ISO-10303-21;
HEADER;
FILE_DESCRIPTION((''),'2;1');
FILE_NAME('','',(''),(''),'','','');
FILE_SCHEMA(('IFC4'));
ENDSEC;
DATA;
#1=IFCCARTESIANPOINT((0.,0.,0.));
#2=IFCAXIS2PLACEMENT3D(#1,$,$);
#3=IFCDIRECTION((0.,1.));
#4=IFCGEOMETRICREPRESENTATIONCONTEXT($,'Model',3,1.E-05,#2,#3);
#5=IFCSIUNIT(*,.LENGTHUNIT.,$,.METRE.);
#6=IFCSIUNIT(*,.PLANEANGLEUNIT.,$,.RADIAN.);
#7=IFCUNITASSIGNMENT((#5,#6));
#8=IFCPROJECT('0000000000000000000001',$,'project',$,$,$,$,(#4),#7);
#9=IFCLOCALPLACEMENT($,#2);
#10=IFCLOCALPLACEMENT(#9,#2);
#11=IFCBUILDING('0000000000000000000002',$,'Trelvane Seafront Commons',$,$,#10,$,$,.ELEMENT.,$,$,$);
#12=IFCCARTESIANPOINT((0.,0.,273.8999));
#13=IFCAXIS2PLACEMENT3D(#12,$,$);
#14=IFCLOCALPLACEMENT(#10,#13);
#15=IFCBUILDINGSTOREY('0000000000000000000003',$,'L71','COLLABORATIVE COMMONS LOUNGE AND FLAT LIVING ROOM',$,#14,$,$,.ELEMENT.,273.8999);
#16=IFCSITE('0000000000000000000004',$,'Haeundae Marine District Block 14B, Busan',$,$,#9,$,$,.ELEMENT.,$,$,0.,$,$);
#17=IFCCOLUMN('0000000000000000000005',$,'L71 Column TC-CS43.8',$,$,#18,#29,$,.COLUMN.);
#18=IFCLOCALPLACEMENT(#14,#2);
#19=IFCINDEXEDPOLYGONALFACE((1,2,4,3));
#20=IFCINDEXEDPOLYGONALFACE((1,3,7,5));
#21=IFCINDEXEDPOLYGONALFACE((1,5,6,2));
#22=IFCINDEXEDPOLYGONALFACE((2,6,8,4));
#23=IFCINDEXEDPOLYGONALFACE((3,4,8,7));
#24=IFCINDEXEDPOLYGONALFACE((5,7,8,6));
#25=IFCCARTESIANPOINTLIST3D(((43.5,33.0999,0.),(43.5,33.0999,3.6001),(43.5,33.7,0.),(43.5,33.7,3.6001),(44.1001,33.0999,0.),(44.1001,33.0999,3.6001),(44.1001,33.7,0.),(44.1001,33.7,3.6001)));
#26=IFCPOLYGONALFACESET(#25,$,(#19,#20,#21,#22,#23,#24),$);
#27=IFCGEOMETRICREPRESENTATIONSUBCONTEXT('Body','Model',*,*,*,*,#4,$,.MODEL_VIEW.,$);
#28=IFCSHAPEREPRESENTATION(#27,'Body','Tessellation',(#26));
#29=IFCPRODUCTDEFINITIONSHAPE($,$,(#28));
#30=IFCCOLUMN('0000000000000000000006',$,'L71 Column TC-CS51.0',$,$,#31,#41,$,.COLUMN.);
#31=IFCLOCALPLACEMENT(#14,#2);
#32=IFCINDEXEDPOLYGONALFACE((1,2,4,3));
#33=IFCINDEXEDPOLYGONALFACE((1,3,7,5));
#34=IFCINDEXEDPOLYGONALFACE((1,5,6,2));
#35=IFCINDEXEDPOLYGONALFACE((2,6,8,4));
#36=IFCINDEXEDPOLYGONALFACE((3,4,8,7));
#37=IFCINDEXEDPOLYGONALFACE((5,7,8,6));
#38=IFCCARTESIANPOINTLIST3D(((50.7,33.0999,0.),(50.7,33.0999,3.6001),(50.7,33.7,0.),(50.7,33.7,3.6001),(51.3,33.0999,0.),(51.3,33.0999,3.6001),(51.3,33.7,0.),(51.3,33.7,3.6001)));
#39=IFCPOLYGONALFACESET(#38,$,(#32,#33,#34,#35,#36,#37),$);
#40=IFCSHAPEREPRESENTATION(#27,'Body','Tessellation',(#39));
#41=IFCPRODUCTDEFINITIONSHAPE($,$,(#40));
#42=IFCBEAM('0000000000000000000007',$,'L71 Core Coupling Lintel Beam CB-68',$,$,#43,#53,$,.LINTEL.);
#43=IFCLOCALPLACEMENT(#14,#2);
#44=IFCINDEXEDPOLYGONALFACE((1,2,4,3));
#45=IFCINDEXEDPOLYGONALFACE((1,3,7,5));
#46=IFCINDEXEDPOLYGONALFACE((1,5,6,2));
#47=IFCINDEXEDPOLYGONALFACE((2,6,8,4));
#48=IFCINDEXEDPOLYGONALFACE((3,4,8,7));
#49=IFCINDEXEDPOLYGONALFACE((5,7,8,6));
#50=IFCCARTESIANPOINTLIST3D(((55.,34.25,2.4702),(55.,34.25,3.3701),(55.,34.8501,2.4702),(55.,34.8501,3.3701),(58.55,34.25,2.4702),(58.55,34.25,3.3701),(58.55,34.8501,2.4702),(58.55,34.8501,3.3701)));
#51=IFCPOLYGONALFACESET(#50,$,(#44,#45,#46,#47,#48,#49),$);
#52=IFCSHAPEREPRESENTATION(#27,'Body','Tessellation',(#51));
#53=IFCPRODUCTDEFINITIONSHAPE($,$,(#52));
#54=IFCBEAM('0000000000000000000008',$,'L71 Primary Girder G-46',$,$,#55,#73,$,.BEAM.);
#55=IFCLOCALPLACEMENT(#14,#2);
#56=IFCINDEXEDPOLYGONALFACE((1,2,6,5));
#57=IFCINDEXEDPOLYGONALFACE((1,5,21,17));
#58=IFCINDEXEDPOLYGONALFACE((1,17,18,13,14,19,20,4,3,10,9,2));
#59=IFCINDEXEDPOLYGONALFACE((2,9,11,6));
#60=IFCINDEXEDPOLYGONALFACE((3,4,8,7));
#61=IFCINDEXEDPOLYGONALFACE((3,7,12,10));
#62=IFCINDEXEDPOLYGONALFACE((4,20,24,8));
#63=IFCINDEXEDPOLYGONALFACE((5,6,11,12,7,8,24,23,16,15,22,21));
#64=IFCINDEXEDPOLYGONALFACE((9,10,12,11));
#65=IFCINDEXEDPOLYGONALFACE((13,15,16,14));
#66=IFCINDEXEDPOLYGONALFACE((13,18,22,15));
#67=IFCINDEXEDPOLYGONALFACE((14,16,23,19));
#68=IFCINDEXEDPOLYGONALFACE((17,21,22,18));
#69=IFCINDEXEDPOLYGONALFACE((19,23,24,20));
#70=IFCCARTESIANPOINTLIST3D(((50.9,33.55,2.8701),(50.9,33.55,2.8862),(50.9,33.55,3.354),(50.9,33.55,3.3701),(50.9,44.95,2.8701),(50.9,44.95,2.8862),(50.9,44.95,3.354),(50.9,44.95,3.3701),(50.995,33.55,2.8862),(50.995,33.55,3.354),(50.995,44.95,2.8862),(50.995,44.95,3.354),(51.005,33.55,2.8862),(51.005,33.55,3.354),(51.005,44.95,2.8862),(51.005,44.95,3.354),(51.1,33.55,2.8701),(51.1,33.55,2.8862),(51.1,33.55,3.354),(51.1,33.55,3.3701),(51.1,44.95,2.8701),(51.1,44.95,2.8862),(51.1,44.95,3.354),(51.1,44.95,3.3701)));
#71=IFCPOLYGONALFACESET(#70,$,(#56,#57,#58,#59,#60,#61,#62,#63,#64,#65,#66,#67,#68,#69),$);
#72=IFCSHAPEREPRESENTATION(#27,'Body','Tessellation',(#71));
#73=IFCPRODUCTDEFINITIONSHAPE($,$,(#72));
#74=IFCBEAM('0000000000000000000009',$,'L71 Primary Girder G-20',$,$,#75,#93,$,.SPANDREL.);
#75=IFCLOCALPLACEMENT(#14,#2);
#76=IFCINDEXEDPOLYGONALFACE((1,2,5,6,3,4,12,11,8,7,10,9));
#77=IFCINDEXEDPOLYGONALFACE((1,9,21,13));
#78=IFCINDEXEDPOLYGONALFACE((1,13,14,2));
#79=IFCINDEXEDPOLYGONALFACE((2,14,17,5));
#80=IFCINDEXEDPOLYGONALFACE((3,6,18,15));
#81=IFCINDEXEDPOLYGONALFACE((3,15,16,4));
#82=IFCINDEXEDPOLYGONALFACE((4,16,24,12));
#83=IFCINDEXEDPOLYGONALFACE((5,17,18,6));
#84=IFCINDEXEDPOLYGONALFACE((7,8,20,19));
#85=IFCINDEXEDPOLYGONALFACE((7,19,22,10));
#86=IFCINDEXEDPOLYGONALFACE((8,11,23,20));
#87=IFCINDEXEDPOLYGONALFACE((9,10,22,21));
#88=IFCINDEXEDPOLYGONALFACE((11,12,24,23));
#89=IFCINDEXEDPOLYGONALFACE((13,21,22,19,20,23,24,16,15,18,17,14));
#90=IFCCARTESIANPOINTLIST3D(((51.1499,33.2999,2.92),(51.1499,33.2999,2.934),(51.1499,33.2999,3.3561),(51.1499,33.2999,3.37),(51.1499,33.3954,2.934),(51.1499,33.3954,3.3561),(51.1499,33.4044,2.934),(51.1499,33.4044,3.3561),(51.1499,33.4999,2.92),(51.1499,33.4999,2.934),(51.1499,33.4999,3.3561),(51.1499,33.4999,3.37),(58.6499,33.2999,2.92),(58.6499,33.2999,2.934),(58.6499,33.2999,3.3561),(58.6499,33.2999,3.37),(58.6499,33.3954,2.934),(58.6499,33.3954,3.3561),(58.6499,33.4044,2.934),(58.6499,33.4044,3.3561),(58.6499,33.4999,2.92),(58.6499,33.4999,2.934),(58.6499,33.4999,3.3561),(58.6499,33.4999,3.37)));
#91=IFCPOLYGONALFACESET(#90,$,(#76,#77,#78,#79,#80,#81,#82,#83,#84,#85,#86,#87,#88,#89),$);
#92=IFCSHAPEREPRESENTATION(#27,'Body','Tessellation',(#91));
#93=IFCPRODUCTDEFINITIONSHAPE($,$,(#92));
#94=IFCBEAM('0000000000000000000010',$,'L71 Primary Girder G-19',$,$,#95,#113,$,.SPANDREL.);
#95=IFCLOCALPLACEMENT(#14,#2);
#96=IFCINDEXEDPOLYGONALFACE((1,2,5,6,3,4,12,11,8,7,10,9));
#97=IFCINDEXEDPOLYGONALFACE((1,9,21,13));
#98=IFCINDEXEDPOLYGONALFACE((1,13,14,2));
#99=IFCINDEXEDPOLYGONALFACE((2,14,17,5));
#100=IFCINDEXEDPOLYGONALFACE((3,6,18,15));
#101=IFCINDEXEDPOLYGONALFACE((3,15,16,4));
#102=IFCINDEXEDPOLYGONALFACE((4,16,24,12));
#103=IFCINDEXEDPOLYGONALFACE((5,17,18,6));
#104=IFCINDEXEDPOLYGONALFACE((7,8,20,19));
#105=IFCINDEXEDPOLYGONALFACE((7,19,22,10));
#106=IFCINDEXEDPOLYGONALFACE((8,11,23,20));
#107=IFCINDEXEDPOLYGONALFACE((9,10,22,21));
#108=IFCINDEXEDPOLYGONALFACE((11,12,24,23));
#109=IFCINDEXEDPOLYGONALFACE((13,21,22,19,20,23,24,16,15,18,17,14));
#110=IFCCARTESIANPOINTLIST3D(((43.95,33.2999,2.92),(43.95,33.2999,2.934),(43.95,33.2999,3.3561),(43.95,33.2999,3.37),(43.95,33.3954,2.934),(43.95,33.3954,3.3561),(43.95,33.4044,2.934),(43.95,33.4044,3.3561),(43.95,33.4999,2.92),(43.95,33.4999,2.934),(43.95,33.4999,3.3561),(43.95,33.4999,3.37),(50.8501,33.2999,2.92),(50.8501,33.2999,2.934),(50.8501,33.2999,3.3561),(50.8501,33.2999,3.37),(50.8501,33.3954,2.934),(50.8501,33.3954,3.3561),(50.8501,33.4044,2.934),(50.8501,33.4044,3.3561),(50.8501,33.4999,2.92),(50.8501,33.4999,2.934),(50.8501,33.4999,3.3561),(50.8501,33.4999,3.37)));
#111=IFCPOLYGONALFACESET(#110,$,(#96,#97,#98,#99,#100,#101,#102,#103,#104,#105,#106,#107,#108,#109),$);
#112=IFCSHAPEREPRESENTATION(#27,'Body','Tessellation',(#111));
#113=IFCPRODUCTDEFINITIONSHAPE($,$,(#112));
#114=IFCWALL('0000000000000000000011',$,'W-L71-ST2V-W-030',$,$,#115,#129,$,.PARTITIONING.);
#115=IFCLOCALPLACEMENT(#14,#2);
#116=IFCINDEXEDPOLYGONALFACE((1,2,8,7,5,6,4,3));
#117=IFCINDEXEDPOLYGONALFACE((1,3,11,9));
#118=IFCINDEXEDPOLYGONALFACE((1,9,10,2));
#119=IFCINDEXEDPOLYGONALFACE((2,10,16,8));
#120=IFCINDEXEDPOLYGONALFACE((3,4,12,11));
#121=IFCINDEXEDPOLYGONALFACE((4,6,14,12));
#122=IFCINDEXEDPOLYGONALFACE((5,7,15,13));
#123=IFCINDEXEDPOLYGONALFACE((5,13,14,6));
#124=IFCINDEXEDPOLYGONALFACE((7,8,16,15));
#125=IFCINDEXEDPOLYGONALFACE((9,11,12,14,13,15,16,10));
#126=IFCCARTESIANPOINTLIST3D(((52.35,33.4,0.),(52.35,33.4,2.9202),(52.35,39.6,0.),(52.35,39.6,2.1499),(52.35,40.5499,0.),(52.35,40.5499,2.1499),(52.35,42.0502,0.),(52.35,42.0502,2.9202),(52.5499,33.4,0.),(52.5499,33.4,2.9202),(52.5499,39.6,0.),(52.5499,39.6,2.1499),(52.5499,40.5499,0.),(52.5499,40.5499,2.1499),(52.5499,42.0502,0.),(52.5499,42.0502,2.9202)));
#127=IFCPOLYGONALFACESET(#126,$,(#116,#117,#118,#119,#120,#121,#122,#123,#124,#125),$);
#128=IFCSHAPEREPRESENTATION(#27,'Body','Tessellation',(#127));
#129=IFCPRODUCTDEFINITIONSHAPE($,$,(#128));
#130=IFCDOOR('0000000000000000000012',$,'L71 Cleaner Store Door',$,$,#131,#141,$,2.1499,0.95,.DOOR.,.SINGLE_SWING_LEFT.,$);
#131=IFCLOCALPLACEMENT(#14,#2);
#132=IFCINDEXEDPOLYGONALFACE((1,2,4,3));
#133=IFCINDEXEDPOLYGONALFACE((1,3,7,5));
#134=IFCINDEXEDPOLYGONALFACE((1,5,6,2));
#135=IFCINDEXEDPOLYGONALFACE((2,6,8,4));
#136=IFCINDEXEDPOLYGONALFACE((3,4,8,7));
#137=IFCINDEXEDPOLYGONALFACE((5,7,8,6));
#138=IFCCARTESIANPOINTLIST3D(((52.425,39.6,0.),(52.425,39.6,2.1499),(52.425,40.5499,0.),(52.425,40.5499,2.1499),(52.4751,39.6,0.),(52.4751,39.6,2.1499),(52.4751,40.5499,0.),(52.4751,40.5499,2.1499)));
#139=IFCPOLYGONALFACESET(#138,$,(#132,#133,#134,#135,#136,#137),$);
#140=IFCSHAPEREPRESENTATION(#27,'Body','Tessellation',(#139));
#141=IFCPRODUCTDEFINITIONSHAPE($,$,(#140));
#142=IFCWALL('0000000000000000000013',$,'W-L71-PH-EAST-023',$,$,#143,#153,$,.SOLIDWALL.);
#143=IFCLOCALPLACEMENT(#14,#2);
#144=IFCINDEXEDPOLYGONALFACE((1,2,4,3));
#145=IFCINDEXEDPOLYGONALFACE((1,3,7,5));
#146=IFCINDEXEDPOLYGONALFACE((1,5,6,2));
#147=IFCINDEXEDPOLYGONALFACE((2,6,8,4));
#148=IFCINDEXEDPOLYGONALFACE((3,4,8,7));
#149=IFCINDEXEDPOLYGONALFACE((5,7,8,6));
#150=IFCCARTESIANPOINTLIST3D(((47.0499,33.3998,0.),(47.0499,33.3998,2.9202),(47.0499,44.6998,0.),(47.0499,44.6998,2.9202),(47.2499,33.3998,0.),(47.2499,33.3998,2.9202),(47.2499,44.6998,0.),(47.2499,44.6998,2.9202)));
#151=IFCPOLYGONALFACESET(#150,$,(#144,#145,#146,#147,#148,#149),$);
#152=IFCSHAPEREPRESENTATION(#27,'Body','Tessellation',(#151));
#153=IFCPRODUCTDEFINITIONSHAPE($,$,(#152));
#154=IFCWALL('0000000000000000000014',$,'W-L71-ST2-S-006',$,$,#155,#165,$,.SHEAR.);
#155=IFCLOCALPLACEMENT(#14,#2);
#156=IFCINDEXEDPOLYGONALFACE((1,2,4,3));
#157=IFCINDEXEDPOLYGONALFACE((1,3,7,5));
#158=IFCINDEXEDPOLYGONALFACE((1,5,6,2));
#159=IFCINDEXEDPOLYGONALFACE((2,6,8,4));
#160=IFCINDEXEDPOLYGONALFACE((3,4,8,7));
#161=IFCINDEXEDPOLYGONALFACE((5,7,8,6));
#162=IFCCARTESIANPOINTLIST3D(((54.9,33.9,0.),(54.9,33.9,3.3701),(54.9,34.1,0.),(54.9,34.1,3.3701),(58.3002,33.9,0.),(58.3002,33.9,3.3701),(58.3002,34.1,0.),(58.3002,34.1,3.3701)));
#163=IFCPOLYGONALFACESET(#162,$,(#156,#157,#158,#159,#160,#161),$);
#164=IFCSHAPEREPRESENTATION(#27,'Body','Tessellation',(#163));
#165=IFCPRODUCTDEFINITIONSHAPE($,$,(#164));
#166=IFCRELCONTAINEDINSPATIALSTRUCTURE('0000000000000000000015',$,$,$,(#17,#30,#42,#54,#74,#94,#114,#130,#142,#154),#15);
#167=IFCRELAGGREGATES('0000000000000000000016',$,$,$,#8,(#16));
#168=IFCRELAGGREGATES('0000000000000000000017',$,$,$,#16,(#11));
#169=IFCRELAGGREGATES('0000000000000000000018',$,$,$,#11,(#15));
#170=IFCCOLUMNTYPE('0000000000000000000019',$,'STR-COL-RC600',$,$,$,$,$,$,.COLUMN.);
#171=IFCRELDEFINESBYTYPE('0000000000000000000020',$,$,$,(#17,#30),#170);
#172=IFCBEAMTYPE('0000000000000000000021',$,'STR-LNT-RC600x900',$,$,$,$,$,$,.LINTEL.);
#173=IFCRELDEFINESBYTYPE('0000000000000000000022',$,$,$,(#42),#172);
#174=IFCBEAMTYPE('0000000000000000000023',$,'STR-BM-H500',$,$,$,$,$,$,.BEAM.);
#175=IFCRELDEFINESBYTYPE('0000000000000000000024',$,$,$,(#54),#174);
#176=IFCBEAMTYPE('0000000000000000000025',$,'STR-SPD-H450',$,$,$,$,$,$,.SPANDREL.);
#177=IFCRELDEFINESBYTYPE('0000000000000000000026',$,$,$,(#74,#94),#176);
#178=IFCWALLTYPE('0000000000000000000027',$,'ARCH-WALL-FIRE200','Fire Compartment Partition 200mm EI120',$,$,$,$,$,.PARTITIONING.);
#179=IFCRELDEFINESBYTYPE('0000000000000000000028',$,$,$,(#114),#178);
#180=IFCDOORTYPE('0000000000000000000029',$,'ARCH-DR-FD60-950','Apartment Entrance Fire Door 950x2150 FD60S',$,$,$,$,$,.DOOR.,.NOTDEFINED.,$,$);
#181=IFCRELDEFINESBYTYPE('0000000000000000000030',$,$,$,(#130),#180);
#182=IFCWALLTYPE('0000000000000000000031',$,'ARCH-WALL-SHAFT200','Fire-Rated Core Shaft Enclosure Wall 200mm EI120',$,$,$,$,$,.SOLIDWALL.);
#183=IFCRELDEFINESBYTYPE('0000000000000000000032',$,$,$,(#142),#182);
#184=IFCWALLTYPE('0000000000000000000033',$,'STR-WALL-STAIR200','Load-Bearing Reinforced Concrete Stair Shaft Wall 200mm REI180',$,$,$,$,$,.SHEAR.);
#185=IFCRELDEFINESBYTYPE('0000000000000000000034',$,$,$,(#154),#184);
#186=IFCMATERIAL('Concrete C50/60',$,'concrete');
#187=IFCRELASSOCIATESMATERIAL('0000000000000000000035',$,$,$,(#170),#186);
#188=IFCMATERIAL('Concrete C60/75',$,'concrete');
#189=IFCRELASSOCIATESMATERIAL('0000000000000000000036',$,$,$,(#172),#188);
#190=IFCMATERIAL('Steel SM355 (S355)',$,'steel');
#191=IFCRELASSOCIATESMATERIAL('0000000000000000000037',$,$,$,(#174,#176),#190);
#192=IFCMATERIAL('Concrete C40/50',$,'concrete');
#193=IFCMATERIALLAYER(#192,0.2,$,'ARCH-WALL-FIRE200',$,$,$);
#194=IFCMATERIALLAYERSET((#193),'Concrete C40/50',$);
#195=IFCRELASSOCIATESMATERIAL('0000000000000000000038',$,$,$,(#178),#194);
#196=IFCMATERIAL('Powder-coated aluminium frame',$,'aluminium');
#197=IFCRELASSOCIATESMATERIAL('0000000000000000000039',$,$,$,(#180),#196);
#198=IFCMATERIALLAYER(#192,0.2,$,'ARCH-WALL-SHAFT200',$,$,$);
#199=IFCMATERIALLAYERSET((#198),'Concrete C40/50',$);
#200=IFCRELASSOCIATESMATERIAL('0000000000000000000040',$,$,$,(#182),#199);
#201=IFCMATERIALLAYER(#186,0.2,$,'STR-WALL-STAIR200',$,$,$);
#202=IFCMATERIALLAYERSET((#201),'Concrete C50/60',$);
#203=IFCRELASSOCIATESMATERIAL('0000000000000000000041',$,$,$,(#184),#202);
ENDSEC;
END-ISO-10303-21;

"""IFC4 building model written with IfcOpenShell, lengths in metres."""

from ifc_helpers import new_model, si_unit, direction, frame, frame_2d, origin, origin_2d, place, context, subcontext, project, spatial, rectangle, i_section, extrude, source, transform, mapped, material, layer, layer_set, material_profile, profile_set, type_object, element, fill, save


model = new_model("IFC4")

# Units and contexts
model_context = context("Model", 3, precision=1e-05, world=origin(), true_north=direction((0.0, 1.0)))
body_context = subcontext(model_context, "Body", "Model", "MODEL_VIEW")
ifc_project = project(units=[si_unit("LENGTHUNIT", "METRE"), si_unit("PLANEANGLEUNIT", "RADIAN")], contexts=[model_context])

# Site, building, storey
site_placement = place(None, origin())
site = spatial("IfcSite", under=ifc_project, at=site_placement, Name="Haeundae Marine District Block 14B, Busan", CompositionType="ELEMENT", RefElevation=0.0)
building_placement = place(site_placement, origin())
building = spatial("IfcBuilding", under=site, at=building_placement, Name="Trelvane Seafront Commons", CompositionType="ELEMENT")
storey_placement = place(building_placement, frame((0.0, 0.0, 273.8999)))
storey = spatial("IfcBuildingStorey", under=building, at=storey_placement, Name="L71", Description="COLLABORATIVE COMMONS LOUNGE AND FLAT LIVING ROOM", CompositionType="ELEMENT", Elevation=273.8999)

# Columns
ifc_material_1 = material(Name="Concrete C50/60", Category="concrete")
ifc_material_profile_1 = material_profile(ifc_material_1, rectangle(XDim=0.6001, YDim=0.6001, at=origin_2d()), Name="RC-600x600")
ifc_profile_set_1 = profile_set([ifc_material_profile_1], Name="Concrete C50/60")
column_type = type_object("IfcColumnType", Name="STR-COL-RC600", PredefinedType="COLUMN", material=ifc_profile_set_1)
shared_shape_1 = source(origin(), body_context, "Body", "SweptSolid", [
    extrude(rectangle(XDim=0.6001, YDim=0.6001, at=origin_2d()), origin(), (0.0, 0.0, 1.0), 3.6001),
])
for number, where, z_axis, x_axis, name in (
    (1, (43.8, 33.3999, 0.0), (0.0, 0.0, 1.0), (1.0, 0.0, 0.0), "L71 Column TC-CS43.8"),
    (2, (51.0, 33.3999, 0.0), (0.0, 0.0, 1.0), (1.0, 0.0, 0.0), "L71 Column TC-CS51.0"),
):
    element("IfcColumn", number, at=place(storey_placement, frame(where, z_axis=z_axis, x_axis=x_axis)), inside=storey, type_object=column_type, Name=name, PredefinedType="COLUMN", context=body_context, shape_type="MappedRepresentation", body=[
        mapped(shared_shape_1, transform((0.0, 0.0, 0.0), x_axis=(1.0, 0.0, 0.0), y_axis=(0.0, 1.0, 0.0), z_axis=(0.0, 0.0, 1.0), scale=1.0)),
    ])

# Beams
ifc_material_2 = material(Name="Concrete C60/75", Category="concrete")
ifc_material_profile_2 = material_profile(ifc_material_2, rectangle(XDim=0.6001, YDim=0.8999, at=origin_2d()), Name="RC-600x900")
ifc_profile_set_2 = profile_set([ifc_material_profile_2], Name="Concrete C60/75")
beam_type_1 = type_object("IfcBeamType", Name="STR-LNT-RC600x900", PredefinedType="LINTEL", material=ifc_profile_set_2)
shared_shape_2 = source(origin(), body_context, "Body", "SweptSolid", [
    extrude(rectangle(XDim=0.6001, YDim=0.8999, at=origin_2d()), origin(), (0.0, 0.0, 1.0), 3.55),
])
beam_1_placement = place(storey_placement, frame((55.0, 34.55, 2.9202), z_axis=(1.0, 0.0, 0.0), x_axis=(0.0, 1.0, 0.0)))
element("IfcBeam", 3, at=beam_1_placement, inside=storey, type_object=beam_type_1, Name="L71 Core Coupling Lintel Beam CB-68", PredefinedType="LINTEL", context=body_context, shape_type="MappedRepresentation", body=[
    mapped(shared_shape_2, transform((0.0, 0.0, 0.0), x_axis=(1.0, 0.0, 0.0), y_axis=(0.0, 1.0, 0.0), z_axis=(0.0, 0.0, 1.0), scale=1.0)),
])
ifc_material_3 = material(Name="Steel SM355 (S355)", Category="steel")
ifc_material_profile_3 = material_profile(ifc_material_3, i_section(OverallWidth=0.2, OverallDepth=0.5, WebThickness=0.01, FlangeThickness=0.0161, at=origin_2d()), Name="H-500x200x10x16")
ifc_profile_set_3 = profile_set([ifc_material_profile_3], Name="Steel SM355 (S355)")
beam_type_2 = type_object("IfcBeamType", Name="STR-BM-H500", PredefinedType="BEAM", material=ifc_profile_set_3)
shared_shape_3 = source(origin(), body_context, "Body", "SweptSolid", [
    extrude(i_section(OverallWidth=0.2, OverallDepth=0.5, WebThickness=0.01, FlangeThickness=0.0161, at=origin_2d()), origin(), (0.0, 0.0, 1.0), 11.3999),
])
beam_2_placement = place(storey_placement, frame((51.0, 33.55, 3.1201), z_axis=(0.0, 1.0, 0.0), x_axis=(-1.0, 0.0, 0.0)))
element("IfcBeam", 4, at=beam_2_placement, inside=storey, type_object=beam_type_2, Name="L71 Primary Girder G-46", PredefinedType="BEAM", context=body_context, shape_type="MappedRepresentation", body=[
    mapped(shared_shape_3, transform((0.0, 0.0, 0.0), x_axis=(1.0, 0.0, 0.0), y_axis=(0.0, 1.0, 0.0), z_axis=(0.0, 0.0, 1.0), scale=1.0)),
])
ifc_material_profile_4 = material_profile(ifc_material_3, i_section(OverallWidth=0.2, OverallDepth=0.45, WebThickness=0.009, FlangeThickness=0.0139, at=origin_2d()), Name="H-450x200x9x14")
ifc_profile_set_4 = profile_set([ifc_material_profile_4], Name="Steel SM355 (S355)")
beam_type_3 = type_object("IfcBeamType", Name="STR-SPD-H450", PredefinedType="SPANDREL", material=ifc_profile_set_4)
shared_shape_4 = source(origin(), body_context, "Body", "SweptSolid", [
    extrude(i_section(OverallWidth=0.2, OverallDepth=0.45, WebThickness=0.009, FlangeThickness=0.0139, at=origin_2d()), origin(), (0.0, 0.0, 1.0), 7.5),
])
beam_3_placement = place(storey_placement, frame((51.1499, 33.3999, 3.145), z_axis=(1.0, 0.0, 0.0), x_axis=(0.0, 1.0, 0.0)))
element("IfcBeam", 5, at=beam_3_placement, inside=storey, type_object=beam_type_3, Name="L71 Primary Girder G-20", PredefinedType="SPANDREL", context=body_context, shape_type="MappedRepresentation", body=[
    mapped(shared_shape_4, transform((0.0, 0.0, 0.0), x_axis=(1.0, 0.0, 0.0), y_axis=(0.0, 1.0, 0.0), z_axis=(0.0, 0.0, 1.0), scale=1.0)),
])
shared_shape_5 = source(origin(), body_context, "Body", "SweptSolid", [
    extrude(i_section(OverallWidth=0.2, OverallDepth=0.45, WebThickness=0.009, FlangeThickness=0.0139, at=origin_2d()), origin(), (0.0, 0.0, 1.0), 6.9001),
])
beam_4_placement = place(storey_placement, frame((43.95, 33.3999, 3.145), z_axis=(1.0, 0.0, 0.0), x_axis=(0.0, 1.0, 0.0)))
element("IfcBeam", 6, at=beam_4_placement, inside=storey, type_object=beam_type_3, Name="L71 Primary Girder G-19", PredefinedType="SPANDREL", context=body_context, shape_type="MappedRepresentation", body=[
    mapped(shared_shape_5, transform((0.0, 0.0, 0.0), x_axis=(1.0, 0.0, 0.0), y_axis=(0.0, 1.0, 0.0), z_axis=(0.0, 0.0, 1.0), scale=1.0)),
])

# Wall, opening, door
ifc_material_4 = material(Name="Concrete C40/50", Category="concrete")
ifc_layer_1 = layer(ifc_material_4, 0.2, Name="ARCH-WALL-FIRE200")
ifc_layer_set_1 = layer_set([ifc_layer_1], Name="Concrete C40/50")
wall_type_1 = type_object("IfcWallType", Name="ARCH-WALL-FIRE200", Description="Fire Compartment Partition 200mm EI120", PredefinedType="PARTITIONING", material=ifc_layer_set_1)
wall_1_placement = place(storey_placement, frame((52.45, 33.3999, 0.0), z_axis=(0.0, 0.0, 1.0), x_axis=(0.0, 1.0, 0.0)))
wall_1 = element("IfcWall", 7, at=wall_1_placement, inside=storey, type_object=wall_type_1, Name="W-L71-ST2V-W-030", PredefinedType="PARTITIONING", context=body_context, shape_type="SweptSolid", body=[
    extrude(rectangle(XDim=8.6501, YDim=0.2, at=frame_2d((4.3252, 0.0))), origin(), (0.0, 0.0, 1.0), 2.9202),
])
opening_1_placement = place(wall_1_placement, frame((6.2, 0.0, 0.0)))
opening_1 = element("IfcOpeningElement", 8, at=opening_1_placement, cuts=wall_1, PredefinedType="OPENING", context=body_context, shape_type="SweptSolid", body=[
    extrude(rectangle(XDim=0.95, YDim=2.1499, at=frame_2d((0.4751, 1.075))), frame((0.0, 0.1099, 0.0), z_axis=(0.0, -1.0, 0.0), x_axis=(1.0, 0.0, 0.0)), (0.0, 0.0, 1.0), 0.22),
])
ifc_material_5 = material(Name="Powder-coated aluminium frame", Category="aluminium")
door_type_1 = type_object("IfcDoorType", Name="ARCH-DR-FD60-950", Description="Apartment Entrance Fire Door 950x2150 FD60S", OperationType="NOTDEFINED", PredefinedType="DOOR", material=ifc_material_5)
shared_shape_6 = source(origin(), body_context, "Body", "SweptSolid", [
    extrude(rectangle(XDim=0.95, YDim=2.1499, at=frame_2d((0.4751, 1.075))), frame((0.0, 0.0249, 0.0), z_axis=(0.0, -1.0, 0.0), x_axis=(1.0, 0.0, 0.0)), (0.0, 0.0, 1.0), 0.05),
])
door_1_placement = place(opening_1_placement, origin())
door_1 = element("IfcDoor", 9, at=door_1_placement, inside=storey, type_object=door_type_1, Name="L71 Cleaner Store Door", OperationType="SINGLE_SWING_LEFT", OverallHeight=2.1499, OverallWidth=0.95, PredefinedType="DOOR", context=body_context, shape_type="MappedRepresentation", body=[
    mapped(shared_shape_6, transform((0.0, 0.0, 0.0), x_axis=(1.0, 0.0, 0.0), y_axis=(0.0, 1.0, 0.0), z_axis=(0.0, 0.0, 1.0), scale=1.0)),
])
fill(opening_1, door_1)

# Walls
ifc_layer_2 = layer(ifc_material_4, 0.2, Name="ARCH-WALL-SHAFT200")
ifc_layer_set_2 = layer_set([ifc_layer_2], Name="Concrete C40/50")
wall_type_2 = type_object("IfcWallType", Name="ARCH-WALL-SHAFT200", Description="Fire-Rated Core Shaft Enclosure Wall 200mm EI120", PredefinedType="SOLIDWALL", material=ifc_layer_set_2)
wall_2_placement = place(storey_placement, frame((47.1499, 33.3999, 0.0), z_axis=(0.0, 0.0, 1.0), x_axis=(0.0, 1.0, 0.0)))
element("IfcWall", 10, at=wall_2_placement, inside=storey, type_object=wall_type_2, Name="W-L71-PH-EAST-023", PredefinedType="SOLIDWALL", context=body_context, shape_type="SweptSolid", body=[
    extrude(rectangle(XDim=11.3, YDim=0.2, at=frame_2d((5.6499, 0.0))), origin(), (0.0, 0.0, 1.0), 2.9202),
])
ifc_layer_3 = layer(ifc_material_1, 0.2, Name="STR-WALL-STAIR200")
ifc_layer_set_3 = layer_set([ifc_layer_3], Name="Concrete C50/60")
wall_type_3 = type_object("IfcWallType", Name="STR-WALL-STAIR200", Description="Load-Bearing Reinforced Concrete Stair Shaft Wall 200mm REI180", PredefinedType="SHEAR", material=ifc_layer_set_3)
wall_3_placement = place(storey_placement, frame((54.8999, 34.0, 0.0), z_axis=(0.0, 0.0, 1.0), x_axis=(1.0, 0.0, 0.0)))
element("IfcWall", 11, at=wall_3_placement, inside=storey, type_object=wall_type_3, Name="W-L71-ST2-S-006", PredefinedType="SHEAR", context=body_context, shape_type="SweptSolid", body=[
    extrude(rectangle(XDim=3.4001, YDim=0.2, at=frame_2d((1.7002, 0.0))), origin(), (0.0, 0.0, 1.0), 3.3701),
])

save(model, "model.ifc")
